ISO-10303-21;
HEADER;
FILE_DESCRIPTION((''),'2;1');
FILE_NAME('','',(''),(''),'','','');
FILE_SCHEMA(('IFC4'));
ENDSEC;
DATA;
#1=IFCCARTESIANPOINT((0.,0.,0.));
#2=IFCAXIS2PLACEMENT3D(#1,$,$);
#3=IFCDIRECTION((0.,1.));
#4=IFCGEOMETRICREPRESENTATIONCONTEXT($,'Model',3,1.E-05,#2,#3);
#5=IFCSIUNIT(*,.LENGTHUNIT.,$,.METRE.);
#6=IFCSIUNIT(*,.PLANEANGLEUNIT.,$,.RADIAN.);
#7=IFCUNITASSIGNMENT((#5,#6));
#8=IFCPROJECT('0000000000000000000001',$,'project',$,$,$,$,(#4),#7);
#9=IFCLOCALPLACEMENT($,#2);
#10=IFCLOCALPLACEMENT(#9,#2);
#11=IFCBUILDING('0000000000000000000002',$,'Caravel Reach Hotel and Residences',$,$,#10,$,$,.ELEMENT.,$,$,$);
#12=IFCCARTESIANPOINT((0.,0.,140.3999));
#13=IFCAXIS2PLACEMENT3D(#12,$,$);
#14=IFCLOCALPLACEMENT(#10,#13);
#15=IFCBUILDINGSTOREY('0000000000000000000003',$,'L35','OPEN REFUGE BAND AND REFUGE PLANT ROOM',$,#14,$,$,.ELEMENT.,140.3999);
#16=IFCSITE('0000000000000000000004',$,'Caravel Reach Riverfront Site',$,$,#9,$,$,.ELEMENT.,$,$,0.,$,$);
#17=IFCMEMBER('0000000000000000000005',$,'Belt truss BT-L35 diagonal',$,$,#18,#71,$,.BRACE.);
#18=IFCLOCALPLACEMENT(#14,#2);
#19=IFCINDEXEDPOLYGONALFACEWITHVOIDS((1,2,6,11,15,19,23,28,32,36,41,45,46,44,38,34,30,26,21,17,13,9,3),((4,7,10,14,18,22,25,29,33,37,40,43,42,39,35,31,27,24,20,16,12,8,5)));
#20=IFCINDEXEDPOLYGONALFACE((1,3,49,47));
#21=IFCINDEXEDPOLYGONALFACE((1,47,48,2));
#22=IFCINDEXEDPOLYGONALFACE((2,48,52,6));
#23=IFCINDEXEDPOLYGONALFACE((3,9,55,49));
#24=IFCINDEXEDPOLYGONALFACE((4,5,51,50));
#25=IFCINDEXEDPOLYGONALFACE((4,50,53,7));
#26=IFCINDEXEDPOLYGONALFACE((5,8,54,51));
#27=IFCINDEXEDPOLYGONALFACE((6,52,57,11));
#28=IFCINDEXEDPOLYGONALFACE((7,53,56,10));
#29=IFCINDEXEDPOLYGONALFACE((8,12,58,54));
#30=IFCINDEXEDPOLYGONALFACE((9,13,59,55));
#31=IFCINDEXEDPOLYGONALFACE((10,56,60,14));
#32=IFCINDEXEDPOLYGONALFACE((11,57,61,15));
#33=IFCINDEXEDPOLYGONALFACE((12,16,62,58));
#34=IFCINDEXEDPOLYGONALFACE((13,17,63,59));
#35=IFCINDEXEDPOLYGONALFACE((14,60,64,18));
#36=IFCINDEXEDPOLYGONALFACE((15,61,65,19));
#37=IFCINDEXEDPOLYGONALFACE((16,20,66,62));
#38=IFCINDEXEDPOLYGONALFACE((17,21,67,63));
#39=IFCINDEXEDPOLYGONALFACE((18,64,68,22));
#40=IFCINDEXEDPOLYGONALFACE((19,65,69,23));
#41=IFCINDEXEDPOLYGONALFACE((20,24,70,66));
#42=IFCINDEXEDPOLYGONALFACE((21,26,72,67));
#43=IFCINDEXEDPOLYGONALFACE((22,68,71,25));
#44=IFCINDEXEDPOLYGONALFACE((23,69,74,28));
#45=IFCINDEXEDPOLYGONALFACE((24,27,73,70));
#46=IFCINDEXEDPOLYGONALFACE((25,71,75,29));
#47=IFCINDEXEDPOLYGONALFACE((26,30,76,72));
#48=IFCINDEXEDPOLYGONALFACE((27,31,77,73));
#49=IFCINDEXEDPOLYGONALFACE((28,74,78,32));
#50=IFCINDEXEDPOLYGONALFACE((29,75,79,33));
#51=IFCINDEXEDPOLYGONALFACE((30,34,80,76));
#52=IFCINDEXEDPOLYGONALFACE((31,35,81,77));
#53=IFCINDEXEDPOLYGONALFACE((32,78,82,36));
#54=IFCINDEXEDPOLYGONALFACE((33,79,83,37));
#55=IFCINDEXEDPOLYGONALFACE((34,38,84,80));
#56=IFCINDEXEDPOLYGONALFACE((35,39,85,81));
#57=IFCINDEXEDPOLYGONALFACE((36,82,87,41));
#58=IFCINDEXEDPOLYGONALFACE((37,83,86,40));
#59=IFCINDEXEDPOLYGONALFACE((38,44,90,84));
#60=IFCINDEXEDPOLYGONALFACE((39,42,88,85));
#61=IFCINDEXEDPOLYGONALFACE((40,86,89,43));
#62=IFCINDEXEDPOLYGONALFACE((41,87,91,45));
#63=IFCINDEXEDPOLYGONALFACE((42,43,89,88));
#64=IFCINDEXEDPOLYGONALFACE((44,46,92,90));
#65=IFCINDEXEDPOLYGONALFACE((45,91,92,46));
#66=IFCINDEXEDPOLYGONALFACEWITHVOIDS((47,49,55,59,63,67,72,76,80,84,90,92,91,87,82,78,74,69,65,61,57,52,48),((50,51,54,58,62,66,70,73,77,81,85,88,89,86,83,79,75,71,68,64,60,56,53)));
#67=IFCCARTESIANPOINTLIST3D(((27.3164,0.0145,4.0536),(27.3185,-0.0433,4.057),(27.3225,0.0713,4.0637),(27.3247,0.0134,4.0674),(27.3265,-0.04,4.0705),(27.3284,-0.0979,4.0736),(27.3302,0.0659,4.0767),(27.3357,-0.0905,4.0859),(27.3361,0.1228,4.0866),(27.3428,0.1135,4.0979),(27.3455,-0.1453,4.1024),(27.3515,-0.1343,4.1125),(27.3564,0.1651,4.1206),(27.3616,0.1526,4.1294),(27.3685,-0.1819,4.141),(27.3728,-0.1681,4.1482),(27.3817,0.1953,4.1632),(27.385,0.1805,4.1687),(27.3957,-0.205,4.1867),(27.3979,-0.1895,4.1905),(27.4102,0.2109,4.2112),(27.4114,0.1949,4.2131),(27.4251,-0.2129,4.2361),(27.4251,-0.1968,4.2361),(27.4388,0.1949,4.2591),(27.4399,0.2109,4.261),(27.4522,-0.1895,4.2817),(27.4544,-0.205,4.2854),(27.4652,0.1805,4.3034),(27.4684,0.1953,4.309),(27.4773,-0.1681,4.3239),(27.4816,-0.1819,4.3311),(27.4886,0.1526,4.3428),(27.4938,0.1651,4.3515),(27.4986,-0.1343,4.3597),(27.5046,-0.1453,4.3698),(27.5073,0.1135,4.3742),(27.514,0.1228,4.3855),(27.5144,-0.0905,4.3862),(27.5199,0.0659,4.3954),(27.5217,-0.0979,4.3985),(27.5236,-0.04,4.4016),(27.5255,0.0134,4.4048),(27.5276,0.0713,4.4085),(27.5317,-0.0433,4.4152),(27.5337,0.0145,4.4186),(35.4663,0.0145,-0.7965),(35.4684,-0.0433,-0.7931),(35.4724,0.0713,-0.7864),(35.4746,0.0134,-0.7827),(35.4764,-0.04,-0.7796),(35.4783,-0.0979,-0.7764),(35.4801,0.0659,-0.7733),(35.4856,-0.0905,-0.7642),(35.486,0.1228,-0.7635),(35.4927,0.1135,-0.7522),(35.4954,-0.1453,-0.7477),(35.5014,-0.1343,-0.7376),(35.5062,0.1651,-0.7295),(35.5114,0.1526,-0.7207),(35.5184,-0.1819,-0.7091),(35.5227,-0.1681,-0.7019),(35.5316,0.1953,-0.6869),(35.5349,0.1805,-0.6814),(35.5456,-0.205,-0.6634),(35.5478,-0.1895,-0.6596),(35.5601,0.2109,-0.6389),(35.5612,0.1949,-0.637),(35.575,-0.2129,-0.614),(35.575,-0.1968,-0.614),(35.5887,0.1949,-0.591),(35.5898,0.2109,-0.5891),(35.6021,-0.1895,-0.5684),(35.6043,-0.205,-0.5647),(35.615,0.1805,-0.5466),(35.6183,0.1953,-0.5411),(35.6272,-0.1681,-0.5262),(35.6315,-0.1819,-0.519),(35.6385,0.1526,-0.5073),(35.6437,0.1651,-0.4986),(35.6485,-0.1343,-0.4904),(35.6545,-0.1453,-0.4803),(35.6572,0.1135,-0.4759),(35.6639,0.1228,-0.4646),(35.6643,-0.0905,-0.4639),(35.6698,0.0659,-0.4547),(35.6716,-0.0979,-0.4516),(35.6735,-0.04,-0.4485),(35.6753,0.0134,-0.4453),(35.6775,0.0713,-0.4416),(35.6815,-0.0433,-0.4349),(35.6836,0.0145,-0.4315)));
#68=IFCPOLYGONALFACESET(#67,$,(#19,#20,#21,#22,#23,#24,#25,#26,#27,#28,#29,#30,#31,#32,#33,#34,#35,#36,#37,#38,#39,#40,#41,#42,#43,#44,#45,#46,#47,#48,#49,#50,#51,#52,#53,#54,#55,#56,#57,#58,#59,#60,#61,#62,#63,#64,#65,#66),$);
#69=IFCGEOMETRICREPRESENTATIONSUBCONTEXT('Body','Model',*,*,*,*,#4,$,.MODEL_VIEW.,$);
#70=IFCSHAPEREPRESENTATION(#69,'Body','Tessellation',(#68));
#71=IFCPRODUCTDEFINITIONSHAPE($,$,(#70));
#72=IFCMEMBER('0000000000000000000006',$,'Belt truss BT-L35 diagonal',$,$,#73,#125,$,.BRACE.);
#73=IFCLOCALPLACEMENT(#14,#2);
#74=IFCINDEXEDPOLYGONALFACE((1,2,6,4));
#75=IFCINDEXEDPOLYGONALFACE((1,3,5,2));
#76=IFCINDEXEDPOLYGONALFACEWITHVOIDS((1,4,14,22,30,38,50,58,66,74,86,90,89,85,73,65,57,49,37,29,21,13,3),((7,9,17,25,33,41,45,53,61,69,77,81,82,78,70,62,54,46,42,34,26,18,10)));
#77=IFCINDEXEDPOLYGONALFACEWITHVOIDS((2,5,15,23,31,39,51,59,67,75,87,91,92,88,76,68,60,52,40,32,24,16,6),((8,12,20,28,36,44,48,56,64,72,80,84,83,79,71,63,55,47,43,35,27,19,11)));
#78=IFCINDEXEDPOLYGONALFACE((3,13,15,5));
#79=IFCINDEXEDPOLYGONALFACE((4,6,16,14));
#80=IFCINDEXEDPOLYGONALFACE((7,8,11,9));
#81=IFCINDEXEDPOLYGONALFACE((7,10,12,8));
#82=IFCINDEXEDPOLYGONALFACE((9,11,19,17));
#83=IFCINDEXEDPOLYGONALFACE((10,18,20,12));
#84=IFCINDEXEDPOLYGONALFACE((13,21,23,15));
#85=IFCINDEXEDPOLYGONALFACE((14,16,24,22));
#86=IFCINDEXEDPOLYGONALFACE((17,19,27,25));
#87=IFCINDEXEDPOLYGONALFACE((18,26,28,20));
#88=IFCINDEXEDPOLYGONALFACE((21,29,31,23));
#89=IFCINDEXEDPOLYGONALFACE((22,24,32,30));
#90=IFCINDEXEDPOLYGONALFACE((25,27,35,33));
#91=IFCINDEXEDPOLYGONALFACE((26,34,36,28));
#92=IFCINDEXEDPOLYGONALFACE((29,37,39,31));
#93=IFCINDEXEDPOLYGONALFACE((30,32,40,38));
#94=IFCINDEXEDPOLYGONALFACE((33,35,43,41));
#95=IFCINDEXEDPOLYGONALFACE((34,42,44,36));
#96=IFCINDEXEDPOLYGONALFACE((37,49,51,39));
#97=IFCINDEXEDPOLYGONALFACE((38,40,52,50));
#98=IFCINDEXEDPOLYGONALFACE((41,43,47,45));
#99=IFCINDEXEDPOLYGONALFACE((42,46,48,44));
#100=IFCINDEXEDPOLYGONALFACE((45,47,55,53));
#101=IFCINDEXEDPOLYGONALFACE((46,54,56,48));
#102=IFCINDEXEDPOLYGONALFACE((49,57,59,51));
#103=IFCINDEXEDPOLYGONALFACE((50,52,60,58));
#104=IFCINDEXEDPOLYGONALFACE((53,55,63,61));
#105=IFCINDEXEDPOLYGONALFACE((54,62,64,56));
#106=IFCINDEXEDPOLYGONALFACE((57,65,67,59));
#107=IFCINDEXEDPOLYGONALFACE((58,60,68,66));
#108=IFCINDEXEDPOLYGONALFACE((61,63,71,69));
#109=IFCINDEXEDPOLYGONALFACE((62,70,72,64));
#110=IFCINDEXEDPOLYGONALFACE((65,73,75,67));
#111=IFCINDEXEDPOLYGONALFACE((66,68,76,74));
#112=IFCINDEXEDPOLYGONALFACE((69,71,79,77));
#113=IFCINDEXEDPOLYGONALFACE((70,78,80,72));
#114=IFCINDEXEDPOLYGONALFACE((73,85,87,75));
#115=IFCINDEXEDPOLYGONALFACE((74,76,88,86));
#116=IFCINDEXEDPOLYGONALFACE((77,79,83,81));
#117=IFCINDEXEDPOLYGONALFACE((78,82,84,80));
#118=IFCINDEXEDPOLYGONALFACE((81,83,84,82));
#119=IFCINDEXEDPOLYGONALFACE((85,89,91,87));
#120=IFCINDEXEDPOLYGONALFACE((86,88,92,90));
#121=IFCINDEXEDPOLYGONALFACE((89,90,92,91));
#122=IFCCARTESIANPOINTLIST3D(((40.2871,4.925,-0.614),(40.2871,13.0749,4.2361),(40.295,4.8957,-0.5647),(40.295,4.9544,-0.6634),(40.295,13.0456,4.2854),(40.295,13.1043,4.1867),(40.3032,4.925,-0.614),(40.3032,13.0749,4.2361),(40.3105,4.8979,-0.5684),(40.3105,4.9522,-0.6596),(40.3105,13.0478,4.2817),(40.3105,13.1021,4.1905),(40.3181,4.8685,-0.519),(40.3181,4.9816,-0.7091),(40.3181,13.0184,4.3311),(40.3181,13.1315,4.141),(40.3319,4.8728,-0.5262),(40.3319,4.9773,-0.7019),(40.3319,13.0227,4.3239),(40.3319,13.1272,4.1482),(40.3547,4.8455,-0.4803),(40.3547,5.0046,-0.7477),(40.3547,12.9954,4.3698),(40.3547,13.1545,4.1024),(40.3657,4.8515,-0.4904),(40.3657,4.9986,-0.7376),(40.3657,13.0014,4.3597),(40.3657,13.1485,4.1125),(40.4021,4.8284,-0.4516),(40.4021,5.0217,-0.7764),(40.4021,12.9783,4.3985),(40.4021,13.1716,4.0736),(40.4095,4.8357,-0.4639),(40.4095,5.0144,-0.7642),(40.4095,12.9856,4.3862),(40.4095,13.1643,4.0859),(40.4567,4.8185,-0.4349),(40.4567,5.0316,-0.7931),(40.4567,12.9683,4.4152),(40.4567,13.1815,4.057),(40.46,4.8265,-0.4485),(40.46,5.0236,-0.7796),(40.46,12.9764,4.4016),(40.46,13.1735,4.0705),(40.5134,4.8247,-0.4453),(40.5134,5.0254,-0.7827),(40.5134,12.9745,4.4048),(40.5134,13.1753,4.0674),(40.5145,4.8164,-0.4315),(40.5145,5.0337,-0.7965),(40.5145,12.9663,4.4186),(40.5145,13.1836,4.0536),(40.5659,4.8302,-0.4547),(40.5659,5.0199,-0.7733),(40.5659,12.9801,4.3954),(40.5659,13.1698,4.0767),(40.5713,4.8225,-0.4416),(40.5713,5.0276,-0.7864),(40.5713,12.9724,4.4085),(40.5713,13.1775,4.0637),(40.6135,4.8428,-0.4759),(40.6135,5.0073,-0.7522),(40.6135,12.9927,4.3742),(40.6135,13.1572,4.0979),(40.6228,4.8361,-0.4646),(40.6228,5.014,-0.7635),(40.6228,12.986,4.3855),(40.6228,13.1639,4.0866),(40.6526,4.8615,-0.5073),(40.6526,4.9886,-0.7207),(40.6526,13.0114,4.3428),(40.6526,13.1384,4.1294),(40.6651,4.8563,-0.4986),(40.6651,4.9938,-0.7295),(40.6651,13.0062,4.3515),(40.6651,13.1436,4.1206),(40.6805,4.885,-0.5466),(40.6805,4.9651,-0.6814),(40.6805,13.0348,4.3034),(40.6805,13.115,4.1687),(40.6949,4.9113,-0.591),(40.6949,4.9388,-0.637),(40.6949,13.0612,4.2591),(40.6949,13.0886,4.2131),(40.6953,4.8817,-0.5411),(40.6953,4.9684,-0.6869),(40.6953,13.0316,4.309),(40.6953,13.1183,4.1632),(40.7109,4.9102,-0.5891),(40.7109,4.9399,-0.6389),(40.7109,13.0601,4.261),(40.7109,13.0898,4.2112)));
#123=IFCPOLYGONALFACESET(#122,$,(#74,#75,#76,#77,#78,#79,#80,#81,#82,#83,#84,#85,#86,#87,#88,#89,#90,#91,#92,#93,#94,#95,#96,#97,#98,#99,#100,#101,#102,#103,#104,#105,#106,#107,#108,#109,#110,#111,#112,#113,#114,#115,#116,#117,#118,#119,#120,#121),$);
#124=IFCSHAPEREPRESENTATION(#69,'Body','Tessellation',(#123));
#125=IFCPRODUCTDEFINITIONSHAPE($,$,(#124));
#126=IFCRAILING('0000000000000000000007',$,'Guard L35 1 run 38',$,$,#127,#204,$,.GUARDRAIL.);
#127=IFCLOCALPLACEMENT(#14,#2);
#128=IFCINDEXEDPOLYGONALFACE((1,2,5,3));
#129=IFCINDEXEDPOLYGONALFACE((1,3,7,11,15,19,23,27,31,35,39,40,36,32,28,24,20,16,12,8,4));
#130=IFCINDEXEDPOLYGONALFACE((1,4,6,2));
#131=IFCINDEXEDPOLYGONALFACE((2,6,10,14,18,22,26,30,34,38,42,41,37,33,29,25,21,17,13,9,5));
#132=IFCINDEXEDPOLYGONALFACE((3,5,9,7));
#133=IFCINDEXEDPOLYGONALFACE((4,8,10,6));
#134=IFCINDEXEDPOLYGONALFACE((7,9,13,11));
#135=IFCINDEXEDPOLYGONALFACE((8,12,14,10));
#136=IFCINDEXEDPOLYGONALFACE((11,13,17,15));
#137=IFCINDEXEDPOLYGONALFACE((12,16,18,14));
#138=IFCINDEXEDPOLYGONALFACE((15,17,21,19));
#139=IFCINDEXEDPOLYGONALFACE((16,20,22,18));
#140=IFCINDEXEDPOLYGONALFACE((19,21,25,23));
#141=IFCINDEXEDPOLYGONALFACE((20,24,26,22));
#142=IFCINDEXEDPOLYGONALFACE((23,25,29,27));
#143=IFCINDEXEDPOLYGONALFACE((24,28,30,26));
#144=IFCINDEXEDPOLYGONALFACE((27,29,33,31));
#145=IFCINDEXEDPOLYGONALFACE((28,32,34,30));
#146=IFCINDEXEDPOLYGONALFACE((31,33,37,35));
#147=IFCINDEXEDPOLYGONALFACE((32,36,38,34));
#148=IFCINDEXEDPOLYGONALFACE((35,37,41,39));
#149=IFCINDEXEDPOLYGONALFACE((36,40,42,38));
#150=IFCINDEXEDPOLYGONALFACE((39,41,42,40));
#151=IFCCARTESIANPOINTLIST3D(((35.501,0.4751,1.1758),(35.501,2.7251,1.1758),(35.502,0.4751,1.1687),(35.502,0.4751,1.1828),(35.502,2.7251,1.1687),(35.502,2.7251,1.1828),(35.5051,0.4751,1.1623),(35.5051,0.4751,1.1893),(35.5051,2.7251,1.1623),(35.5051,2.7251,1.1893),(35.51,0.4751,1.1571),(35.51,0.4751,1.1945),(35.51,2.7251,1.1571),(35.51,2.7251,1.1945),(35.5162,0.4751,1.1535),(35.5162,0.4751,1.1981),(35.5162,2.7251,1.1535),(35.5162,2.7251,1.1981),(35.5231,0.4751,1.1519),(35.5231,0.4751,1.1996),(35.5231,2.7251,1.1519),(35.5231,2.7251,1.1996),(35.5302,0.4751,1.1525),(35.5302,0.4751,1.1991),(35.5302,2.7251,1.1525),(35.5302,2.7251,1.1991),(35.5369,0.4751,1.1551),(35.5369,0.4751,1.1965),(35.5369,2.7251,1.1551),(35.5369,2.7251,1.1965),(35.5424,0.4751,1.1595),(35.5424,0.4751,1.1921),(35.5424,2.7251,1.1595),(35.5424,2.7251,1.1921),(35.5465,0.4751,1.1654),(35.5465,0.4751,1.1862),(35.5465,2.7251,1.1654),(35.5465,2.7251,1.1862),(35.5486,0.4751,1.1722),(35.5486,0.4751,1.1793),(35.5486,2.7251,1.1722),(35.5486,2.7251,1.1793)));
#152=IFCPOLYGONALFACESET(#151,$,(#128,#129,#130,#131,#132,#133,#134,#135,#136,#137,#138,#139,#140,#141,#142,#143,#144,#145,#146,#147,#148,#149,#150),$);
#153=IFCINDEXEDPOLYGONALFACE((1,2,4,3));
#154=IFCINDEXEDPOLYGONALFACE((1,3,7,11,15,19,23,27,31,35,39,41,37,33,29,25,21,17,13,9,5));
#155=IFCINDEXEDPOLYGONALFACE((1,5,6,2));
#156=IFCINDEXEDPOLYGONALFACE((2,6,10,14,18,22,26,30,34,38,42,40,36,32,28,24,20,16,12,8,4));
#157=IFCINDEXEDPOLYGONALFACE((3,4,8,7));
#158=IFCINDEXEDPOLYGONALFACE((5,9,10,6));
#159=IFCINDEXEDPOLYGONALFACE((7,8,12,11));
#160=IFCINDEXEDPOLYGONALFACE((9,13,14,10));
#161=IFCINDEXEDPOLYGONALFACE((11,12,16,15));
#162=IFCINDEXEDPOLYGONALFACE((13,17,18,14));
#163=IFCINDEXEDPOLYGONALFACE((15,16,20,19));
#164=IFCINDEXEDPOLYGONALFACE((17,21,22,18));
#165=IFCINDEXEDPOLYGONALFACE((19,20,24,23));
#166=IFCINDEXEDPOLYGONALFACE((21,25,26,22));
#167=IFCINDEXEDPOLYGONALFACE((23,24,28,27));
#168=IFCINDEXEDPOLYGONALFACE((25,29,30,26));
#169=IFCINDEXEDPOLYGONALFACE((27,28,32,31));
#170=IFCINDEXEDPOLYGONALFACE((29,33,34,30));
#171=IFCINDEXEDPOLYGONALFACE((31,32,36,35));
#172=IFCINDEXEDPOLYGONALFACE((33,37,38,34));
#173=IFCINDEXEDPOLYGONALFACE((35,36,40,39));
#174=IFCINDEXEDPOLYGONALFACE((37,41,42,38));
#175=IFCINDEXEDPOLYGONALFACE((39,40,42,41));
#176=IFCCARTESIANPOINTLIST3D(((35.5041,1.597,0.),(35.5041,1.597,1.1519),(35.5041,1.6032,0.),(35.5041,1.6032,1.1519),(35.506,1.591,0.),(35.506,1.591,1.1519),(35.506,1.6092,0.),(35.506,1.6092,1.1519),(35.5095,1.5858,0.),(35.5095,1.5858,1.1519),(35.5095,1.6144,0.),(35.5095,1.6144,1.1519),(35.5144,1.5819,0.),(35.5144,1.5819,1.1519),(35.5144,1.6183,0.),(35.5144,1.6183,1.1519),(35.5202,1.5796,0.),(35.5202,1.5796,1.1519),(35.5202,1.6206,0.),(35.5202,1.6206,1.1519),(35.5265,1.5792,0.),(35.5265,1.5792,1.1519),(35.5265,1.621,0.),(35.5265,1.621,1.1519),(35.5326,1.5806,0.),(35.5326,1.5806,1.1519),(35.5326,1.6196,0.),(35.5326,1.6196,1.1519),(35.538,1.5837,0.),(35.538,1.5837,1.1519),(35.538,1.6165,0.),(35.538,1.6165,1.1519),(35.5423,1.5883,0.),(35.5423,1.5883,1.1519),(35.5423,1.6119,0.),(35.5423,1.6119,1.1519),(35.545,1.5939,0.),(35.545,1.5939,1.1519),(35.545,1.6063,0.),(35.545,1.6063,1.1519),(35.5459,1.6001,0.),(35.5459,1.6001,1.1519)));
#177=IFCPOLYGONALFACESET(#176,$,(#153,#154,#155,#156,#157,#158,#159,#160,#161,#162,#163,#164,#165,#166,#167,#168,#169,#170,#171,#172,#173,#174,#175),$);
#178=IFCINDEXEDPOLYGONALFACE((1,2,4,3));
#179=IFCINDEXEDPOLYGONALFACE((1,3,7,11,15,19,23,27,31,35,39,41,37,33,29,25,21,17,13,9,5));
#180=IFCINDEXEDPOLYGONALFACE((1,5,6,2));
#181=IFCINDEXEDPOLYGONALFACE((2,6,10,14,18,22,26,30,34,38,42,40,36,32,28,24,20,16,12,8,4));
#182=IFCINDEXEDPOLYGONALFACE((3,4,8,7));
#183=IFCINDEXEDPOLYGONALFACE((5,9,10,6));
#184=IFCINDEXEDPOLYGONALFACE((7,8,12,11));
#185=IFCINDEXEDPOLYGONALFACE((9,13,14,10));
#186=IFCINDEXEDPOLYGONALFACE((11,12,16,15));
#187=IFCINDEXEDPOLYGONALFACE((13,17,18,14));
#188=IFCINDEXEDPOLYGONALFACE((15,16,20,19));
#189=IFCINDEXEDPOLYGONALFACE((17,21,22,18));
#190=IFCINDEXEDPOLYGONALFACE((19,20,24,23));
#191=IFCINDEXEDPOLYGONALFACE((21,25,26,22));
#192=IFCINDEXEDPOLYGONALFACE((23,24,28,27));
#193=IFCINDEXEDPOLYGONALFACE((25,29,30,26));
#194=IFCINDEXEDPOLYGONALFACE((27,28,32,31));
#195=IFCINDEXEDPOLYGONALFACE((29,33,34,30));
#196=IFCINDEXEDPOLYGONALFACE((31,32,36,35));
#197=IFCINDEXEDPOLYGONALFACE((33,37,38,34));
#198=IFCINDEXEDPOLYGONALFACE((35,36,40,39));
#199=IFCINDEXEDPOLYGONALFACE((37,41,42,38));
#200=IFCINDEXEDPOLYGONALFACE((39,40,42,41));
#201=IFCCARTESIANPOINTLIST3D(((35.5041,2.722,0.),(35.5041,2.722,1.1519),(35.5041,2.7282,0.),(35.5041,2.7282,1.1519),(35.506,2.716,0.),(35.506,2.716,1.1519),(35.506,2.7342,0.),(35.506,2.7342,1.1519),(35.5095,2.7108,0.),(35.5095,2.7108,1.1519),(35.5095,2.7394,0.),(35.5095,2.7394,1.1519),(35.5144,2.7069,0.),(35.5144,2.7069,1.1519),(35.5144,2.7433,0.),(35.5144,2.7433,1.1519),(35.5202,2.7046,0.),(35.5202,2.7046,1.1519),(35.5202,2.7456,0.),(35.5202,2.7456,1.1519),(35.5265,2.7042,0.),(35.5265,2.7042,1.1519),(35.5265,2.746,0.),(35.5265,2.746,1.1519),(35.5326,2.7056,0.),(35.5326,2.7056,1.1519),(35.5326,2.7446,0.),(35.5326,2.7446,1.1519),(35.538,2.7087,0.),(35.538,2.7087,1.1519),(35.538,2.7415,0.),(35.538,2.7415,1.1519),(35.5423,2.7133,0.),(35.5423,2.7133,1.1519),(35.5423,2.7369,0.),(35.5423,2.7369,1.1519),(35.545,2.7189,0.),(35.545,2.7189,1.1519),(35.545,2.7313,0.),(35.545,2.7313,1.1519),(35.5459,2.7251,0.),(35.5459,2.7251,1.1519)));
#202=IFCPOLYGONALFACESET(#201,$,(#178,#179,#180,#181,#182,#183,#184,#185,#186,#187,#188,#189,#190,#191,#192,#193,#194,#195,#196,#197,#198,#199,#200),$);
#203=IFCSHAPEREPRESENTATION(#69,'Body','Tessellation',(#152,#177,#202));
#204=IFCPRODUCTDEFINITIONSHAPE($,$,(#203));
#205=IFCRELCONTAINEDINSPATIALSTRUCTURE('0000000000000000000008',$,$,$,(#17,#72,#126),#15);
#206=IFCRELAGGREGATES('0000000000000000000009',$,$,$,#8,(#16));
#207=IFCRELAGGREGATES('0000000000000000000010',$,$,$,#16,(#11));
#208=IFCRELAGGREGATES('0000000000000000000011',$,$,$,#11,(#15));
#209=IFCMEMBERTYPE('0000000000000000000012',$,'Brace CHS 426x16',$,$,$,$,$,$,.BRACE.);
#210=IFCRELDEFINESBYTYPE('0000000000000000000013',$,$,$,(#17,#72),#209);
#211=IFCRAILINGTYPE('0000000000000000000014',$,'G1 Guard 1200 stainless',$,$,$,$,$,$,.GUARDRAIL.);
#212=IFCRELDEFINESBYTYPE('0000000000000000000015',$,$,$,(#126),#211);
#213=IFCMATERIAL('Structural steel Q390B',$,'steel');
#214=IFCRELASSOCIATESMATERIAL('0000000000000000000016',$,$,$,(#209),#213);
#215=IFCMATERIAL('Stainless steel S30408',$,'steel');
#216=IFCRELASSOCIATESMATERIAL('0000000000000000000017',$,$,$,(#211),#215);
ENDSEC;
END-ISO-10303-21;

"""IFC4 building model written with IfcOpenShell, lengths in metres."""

from ifc_helpers import new_model, si_unit, direction, frame, origin, origin_2d, place, context, subcontext, project, spatial, circle, hollow_circle, extrude, material, material_profile, profile_set, type_object, element, save


model = new_model("IFC4")

# Units and contexts
model_context = context("Model", 3, precision=1e-05, world=origin(), true_north=direction((0.0, 1.0)))
body_context = subcontext(model_context, "Body", "Model", "MODEL_VIEW")
ifc_project = project(units=[si_unit("LENGTHUNIT", "METRE"), si_unit("PLANEANGLEUNIT", "RADIAN")], contexts=[model_context])

# Site, building, storey
site_placement = place(None, origin())
site = spatial("IfcSite", under=ifc_project, at=site_placement, Name="Caravel Reach Riverfront Site", CompositionType="ELEMENT", RefElevation=0.0)
building_placement = place(site_placement, origin())
building = spatial("IfcBuilding", under=site, at=building_placement, Name="Caravel Reach Hotel and Residences", CompositionType="ELEMENT")
storey_placement = place(building_placement, frame((0.0, 0.0, 140.3999)))
storey = spatial("IfcBuildingStorey", under=building, at=storey_placement, Name="L35", Description="OPEN REFUGE BAND AND REFUGE PLANT ROOM", CompositionType="ELEMENT", Elevation=140.3999)

# Members
ifc_material_1 = material(Name="Structural steel Q390B", Category="steel")
ifc_material_profile_1 = material_profile(ifc_material_1, hollow_circle(Radius=0.2129, WallThickness=0.0161, at=origin_2d()), Name="CHS 426x16")
ifc_profile_set_1 = profile_set([ifc_material_profile_1], Name="Structural steel Q390B")
member_type = type_object("IfcMemberType", Name="Brace CHS 426x16", PredefinedType="BRACE", material=ifc_profile_set_1)
for number, where, z_axis, x_axis, name in (
    (1, (35.575, 0.0, -0.614), (-0.859341, 0.0, 0.511403), (0.0, -1.0, 0.0), "Belt truss BT-L35 diagonal"),
    (2, (40.5, 4.925, -0.614), (0.0, 0.859341, 0.511403), (-1.0, 0.0, 0.0), "Belt truss BT-L35 diagonal"),
):
    element("IfcMember", number, at=place(storey_placement, frame(where, z_axis=z_axis, x_axis=x_axis)), inside=storey, type_object=member_type, Name=name, PredefinedType="BRACE", context=body_context, shape_type="SweptSolid", body=[
        extrude(hollow_circle(Radius=0.2129, WallThickness=0.0161, at=origin_2d()), origin(), (0.0, 0.0, 1.0), 9.4839),
    ])

# Railing
ifc_material_2 = material(Name="Stainless steel S30408", Category="steel")
railing_type = type_object("IfcRailingType", Name="G1 Guard 1200 stainless", PredefinedType="GUARDRAIL", material=ifc_material_2)
railing_1_placement = place(storey_placement, frame((35.5249, 0.4751, 0.0)))
element("IfcRailing", 3, at=railing_1_placement, inside=storey, type_object=railing_type, Name="Guard L35 1 run 38", PredefinedType="GUARDRAIL", context=body_context, shape_type="SweptSolid", body=[
    extrude(circle(Radius=0.0239, at=origin_2d()), frame((0.0, 0.0, 1.1758), z_axis=(0.0, 1.0, 0.0), x_axis=(-1.0, 0.0, 0.0)), (0.0, 0.0, 1.0), 2.25),
    extrude(circle(Radius=0.021, at=origin_2d()), frame((0.0, 1.125, 0.0)), (0.0, 0.0, 1.0), 1.1519),
    extrude(circle(Radius=0.021, at=origin_2d()), frame((0.0, 2.25, 0.0)), (0.0, 0.0, 1.0), 1.1519),
])

save(model, "model.ifc")
